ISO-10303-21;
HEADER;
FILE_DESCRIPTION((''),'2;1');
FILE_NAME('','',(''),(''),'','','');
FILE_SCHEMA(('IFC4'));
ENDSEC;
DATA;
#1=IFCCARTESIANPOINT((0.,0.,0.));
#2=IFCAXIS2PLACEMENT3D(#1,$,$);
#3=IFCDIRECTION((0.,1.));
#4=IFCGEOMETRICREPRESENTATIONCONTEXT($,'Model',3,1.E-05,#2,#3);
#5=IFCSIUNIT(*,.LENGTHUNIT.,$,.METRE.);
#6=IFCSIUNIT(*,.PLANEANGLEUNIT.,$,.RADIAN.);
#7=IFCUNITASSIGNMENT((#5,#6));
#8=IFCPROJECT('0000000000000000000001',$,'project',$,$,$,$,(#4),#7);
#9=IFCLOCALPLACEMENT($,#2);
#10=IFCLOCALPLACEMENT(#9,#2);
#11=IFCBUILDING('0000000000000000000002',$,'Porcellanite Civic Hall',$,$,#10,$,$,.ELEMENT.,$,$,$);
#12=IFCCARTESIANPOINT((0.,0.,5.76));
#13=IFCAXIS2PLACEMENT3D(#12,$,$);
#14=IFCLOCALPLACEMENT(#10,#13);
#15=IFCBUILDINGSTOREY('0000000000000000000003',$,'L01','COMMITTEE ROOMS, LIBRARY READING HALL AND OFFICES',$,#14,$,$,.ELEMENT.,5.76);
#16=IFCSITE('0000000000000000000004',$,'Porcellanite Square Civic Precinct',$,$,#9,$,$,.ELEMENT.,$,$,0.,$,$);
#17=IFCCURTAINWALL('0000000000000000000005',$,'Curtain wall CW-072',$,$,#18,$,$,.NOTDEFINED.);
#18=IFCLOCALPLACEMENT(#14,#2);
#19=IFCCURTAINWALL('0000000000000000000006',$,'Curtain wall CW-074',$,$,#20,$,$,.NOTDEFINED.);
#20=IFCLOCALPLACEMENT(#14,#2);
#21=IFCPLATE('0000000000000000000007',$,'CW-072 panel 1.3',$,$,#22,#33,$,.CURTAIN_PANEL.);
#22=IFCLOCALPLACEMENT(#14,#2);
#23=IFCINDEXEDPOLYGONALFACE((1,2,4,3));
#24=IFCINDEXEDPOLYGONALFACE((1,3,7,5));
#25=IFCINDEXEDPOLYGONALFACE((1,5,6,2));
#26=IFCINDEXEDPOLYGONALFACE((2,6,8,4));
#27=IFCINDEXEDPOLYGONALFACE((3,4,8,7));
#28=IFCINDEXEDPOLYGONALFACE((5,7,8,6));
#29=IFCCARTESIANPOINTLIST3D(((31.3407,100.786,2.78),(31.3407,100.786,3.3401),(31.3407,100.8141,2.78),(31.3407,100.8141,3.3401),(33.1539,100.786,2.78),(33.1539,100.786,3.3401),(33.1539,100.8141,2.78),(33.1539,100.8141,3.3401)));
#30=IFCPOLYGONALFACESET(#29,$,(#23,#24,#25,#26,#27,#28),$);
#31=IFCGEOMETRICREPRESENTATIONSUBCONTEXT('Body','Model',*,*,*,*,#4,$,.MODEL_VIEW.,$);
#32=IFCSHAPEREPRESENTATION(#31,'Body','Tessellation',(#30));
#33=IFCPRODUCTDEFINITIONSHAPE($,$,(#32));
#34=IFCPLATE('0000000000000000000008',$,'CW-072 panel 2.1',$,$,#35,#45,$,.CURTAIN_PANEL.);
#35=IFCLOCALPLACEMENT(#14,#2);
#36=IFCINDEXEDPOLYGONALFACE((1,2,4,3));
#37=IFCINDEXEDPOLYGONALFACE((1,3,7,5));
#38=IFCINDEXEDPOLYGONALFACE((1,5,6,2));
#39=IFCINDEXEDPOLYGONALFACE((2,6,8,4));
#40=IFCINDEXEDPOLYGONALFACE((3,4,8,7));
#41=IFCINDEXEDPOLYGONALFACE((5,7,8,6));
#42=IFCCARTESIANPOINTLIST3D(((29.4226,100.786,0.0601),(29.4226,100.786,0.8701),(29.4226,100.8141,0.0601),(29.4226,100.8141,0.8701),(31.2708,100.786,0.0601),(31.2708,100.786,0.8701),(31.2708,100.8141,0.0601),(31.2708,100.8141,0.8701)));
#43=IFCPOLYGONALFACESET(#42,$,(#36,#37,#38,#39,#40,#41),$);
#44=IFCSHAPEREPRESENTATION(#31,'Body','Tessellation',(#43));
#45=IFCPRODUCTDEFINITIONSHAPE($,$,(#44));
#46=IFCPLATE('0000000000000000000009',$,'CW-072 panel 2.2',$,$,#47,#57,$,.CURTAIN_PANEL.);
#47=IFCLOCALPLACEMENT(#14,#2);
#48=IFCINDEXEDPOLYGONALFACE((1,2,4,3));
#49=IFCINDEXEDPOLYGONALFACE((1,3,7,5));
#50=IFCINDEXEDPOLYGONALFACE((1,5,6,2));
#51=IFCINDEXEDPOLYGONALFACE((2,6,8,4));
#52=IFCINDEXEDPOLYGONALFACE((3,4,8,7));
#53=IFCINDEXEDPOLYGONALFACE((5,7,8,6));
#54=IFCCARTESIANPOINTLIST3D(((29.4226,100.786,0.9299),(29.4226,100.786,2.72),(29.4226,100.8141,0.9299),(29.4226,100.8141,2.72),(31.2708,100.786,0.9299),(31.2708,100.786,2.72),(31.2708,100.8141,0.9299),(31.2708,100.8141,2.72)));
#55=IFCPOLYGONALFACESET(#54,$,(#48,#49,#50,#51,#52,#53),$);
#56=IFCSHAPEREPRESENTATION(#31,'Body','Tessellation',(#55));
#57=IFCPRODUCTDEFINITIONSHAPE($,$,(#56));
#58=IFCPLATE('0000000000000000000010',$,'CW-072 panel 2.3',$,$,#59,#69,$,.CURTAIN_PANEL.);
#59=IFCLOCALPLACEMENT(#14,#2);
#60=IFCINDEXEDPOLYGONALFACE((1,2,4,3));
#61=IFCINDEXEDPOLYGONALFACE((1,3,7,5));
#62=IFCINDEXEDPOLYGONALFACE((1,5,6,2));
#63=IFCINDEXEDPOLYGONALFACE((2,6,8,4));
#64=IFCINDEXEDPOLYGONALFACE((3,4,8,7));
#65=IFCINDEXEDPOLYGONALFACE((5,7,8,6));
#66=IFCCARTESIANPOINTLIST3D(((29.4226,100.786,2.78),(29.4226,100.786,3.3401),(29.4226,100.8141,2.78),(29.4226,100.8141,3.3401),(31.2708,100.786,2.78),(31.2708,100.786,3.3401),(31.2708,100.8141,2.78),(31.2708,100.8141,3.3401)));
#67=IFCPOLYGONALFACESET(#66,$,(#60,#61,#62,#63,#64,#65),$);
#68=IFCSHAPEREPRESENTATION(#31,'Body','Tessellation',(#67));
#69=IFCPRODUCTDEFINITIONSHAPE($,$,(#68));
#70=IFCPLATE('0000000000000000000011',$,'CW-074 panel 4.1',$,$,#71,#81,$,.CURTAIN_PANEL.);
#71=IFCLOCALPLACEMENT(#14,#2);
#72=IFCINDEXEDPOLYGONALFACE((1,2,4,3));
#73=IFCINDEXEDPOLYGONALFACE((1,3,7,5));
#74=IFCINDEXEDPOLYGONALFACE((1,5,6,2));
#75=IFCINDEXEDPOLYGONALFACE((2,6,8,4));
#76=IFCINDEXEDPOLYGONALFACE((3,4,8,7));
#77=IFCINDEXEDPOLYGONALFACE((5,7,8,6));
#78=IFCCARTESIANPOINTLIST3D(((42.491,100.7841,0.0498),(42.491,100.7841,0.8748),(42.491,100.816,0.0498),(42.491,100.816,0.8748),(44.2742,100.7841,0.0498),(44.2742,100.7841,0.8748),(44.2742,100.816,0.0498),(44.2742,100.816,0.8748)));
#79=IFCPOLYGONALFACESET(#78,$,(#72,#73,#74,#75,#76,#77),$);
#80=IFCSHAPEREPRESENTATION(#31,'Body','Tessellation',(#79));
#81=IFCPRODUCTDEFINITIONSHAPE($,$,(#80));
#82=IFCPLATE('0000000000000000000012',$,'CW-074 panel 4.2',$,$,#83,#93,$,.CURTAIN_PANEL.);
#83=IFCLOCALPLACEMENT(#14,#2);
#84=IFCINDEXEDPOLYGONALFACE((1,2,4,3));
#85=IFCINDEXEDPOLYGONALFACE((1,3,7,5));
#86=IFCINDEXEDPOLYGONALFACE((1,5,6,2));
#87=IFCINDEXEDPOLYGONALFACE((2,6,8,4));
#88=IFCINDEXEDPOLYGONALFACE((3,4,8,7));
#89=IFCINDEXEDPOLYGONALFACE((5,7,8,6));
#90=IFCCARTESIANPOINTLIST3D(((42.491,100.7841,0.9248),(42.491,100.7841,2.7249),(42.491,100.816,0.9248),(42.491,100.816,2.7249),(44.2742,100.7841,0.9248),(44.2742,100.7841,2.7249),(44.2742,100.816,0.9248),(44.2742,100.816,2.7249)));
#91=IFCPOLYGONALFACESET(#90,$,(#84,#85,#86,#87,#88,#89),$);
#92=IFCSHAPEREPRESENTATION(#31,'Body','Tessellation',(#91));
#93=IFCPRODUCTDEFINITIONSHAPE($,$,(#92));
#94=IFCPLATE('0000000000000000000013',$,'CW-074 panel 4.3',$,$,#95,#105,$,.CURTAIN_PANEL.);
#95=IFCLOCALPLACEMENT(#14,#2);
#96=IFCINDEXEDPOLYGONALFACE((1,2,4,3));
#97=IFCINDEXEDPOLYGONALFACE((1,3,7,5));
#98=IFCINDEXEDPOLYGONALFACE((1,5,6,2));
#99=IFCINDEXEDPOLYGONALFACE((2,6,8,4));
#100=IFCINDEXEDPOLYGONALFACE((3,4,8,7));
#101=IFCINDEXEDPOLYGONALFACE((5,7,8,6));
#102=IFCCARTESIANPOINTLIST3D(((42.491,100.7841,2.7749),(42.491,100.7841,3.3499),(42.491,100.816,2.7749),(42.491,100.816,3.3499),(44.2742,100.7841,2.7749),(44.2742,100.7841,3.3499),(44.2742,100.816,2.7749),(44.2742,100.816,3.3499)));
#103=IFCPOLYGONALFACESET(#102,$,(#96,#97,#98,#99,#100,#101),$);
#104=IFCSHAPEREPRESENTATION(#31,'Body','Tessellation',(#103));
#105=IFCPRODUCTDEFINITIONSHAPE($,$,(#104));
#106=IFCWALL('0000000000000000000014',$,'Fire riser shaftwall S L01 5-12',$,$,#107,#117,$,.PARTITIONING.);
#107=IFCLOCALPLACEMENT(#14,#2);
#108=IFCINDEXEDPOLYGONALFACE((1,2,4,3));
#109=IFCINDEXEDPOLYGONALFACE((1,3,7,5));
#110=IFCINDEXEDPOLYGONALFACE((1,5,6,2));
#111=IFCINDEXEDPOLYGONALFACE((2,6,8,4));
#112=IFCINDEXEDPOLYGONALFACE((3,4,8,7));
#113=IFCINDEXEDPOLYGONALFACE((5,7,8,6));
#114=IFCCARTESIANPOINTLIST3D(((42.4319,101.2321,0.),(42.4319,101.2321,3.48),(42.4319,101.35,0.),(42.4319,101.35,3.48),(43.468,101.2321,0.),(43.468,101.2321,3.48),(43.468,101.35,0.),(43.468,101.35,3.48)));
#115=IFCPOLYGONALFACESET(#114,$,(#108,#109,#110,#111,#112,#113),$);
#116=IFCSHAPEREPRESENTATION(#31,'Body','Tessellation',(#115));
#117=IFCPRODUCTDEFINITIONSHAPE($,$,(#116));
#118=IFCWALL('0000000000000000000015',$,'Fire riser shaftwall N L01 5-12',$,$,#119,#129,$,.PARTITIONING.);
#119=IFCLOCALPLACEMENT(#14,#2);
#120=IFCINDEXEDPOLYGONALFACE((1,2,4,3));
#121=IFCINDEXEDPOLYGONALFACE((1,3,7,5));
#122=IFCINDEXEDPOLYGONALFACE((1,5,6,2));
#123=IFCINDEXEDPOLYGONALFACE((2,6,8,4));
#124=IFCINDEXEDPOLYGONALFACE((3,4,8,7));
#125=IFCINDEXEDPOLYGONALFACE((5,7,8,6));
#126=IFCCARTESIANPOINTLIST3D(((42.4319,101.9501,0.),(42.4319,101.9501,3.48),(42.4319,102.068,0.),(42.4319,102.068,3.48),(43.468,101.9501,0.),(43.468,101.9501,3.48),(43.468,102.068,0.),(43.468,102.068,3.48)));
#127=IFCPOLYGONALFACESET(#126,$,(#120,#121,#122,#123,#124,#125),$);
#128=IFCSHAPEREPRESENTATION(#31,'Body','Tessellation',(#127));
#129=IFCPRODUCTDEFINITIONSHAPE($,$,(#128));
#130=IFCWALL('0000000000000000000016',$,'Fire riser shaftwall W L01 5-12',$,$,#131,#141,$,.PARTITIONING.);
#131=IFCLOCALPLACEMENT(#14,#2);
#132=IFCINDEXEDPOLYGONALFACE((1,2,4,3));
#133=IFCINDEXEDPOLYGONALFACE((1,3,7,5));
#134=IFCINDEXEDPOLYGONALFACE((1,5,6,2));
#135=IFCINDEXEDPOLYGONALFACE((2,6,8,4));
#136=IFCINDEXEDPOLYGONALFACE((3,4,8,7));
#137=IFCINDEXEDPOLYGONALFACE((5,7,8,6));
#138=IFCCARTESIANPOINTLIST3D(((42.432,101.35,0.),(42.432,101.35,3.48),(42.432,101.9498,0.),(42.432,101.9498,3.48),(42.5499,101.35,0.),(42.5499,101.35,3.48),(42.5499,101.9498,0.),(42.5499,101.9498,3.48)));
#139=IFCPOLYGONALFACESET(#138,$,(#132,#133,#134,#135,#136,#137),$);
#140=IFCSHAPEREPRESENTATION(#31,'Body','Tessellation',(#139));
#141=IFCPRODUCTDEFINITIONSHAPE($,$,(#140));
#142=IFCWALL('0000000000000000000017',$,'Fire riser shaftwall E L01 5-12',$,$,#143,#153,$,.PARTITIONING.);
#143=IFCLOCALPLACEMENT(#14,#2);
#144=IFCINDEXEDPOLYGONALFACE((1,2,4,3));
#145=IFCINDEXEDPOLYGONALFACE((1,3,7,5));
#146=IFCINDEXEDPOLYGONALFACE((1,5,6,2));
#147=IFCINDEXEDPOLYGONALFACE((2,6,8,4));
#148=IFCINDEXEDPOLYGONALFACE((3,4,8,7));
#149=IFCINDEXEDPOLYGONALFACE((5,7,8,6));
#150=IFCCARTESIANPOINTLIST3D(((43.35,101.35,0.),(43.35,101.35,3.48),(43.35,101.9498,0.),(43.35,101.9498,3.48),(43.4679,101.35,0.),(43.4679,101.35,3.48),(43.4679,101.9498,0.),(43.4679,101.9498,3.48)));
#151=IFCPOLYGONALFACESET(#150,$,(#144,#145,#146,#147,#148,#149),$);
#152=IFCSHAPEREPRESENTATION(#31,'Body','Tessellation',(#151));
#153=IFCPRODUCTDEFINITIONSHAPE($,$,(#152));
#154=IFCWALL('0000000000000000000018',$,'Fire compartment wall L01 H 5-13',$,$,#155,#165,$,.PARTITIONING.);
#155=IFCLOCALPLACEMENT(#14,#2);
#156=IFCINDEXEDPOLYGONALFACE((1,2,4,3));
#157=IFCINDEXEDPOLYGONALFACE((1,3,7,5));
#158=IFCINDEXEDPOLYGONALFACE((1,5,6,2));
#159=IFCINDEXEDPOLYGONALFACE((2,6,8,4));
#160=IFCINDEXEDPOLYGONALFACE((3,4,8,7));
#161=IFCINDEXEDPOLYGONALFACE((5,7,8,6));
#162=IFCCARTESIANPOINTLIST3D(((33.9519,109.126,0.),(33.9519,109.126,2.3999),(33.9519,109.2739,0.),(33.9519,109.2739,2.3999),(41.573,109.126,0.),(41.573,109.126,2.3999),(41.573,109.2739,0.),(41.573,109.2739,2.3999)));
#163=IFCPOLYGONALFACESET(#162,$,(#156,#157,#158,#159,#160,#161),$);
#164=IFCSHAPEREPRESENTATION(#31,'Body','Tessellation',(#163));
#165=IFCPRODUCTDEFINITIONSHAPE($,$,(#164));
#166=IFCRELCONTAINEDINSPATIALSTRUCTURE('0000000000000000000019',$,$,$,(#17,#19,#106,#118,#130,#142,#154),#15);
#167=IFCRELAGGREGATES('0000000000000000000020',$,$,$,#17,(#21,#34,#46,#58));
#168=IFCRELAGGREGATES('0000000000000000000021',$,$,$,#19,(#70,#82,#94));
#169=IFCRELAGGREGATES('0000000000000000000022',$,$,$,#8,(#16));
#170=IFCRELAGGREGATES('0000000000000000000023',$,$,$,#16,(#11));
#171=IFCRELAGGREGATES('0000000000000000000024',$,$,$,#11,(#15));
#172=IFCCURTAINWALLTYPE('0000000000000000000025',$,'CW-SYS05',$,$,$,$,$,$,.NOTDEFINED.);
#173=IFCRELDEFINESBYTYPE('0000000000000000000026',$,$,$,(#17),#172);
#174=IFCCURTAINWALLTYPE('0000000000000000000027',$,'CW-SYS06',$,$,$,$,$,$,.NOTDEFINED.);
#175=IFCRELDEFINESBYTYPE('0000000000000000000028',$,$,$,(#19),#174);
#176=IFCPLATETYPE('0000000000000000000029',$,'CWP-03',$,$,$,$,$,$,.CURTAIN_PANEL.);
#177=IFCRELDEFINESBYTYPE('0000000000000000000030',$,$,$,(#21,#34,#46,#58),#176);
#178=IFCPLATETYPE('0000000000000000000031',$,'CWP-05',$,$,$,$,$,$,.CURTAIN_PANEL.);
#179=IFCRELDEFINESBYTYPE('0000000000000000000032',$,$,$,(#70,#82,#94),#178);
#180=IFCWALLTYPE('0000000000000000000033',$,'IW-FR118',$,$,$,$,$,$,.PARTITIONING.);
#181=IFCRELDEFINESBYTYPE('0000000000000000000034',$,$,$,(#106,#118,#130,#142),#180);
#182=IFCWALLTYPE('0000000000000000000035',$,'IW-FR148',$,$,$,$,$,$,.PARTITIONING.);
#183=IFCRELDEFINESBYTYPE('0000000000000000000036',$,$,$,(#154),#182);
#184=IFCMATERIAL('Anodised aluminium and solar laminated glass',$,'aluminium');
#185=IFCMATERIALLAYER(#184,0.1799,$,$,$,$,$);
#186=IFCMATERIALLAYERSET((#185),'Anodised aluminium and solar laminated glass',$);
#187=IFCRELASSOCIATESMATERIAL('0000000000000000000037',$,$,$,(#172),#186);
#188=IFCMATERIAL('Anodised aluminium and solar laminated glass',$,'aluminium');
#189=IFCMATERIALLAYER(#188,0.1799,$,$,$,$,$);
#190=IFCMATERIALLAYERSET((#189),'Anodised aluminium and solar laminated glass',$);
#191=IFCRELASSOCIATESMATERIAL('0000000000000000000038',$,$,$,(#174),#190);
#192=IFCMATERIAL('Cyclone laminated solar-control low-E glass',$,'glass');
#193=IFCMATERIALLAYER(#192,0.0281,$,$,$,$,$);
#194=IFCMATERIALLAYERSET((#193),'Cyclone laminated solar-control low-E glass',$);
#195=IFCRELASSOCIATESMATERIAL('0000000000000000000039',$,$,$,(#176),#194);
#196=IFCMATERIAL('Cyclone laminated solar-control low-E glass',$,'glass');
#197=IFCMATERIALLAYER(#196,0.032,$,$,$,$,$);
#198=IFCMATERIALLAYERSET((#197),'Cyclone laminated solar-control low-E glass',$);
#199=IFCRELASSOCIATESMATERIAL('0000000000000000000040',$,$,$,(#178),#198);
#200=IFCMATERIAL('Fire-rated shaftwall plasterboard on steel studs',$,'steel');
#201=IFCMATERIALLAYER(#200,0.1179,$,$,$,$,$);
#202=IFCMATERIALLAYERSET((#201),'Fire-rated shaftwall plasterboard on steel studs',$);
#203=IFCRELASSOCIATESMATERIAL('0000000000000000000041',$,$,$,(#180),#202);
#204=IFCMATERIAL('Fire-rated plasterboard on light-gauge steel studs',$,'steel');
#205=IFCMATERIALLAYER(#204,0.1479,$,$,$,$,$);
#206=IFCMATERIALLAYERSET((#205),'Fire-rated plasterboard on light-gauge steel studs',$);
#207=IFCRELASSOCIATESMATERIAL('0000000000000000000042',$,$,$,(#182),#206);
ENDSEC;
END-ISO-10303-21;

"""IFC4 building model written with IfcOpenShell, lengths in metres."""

from ifc_helpers import new_model, si_unit, direction, frame, frame_2d, origin, origin_2d, place, context, subcontext, project, spatial, rectangle, extrude, material, layer, layer_set, type_object, element, aggregate, save


model = new_model("IFC4")

# Units and contexts
model_context = context("Model", 3, precision=1e-05, world=origin(), true_north=direction((0.0, 1.0)))
body_context = subcontext(model_context, "Body", "Model", "MODEL_VIEW")
ifc_project = project(units=[si_unit("LENGTHUNIT", "METRE"), si_unit("PLANEANGLEUNIT", "RADIAN")], contexts=[model_context])

# Site, building, storey
site_placement = place(None, origin())
site = spatial("IfcSite", under=ifc_project, at=site_placement, Name="Porcellanite Square Civic Precinct", CompositionType="ELEMENT", RefElevation=0.0)
building_placement = place(site_placement, origin())
building = spatial("IfcBuilding", under=site, at=building_placement, Name="Porcellanite Civic Hall", CompositionType="ELEMENT")
storey_placement = place(building_placement, frame((0.0, 0.0, 5.76)))
storey = spatial("IfcBuildingStorey", under=building, at=storey_placement, Name="L01", Description="COMMITTEE ROOMS, LIBRARY READING HALL AND OFFICES", CompositionType="ELEMENT", Elevation=5.76)

# Curtain wall
ifc_material_1 = material(Name="Anodised aluminium and solar laminated glass", Category="aluminium")
ifc_layer_1 = layer(ifc_material_1, 0.1799)
ifc_layer_set_1 = layer_set([ifc_layer_1], Name="Anodised aluminium and solar laminated glass")
curtain_wall_type_1 = type_object("IfcCurtainWallType", Name="CW-SYS05", PredefinedType="NOTDEFINED", material=ifc_layer_set_1)
curtain_wall_1_placement = place(storey_placement, origin())
curtain_wall_1 = element("IfcCurtainWall", 1, at=curtain_wall_1_placement, inside=storey, type_object=curtain_wall_type_1, Name="Curtain wall CW-072", PredefinedType="NOTDEFINED")

# Curtain wall
ifc_material_2 = material(Name="Anodised aluminium and solar laminated glass", Category="aluminium")
ifc_layer_2 = layer(ifc_material_2, 0.1799)
ifc_layer_set_2 = layer_set([ifc_layer_2], Name="Anodised aluminium and solar laminated glass")
curtain_wall_type_2 = type_object("IfcCurtainWallType", Name="CW-SYS06", PredefinedType="NOTDEFINED", material=ifc_layer_set_2)
curtain_wall_2_placement = place(storey_placement, origin())
curtain_wall_2 = element("IfcCurtainWall", 2, at=curtain_wall_2_placement, inside=storey, type_object=curtain_wall_type_2, Name="Curtain wall CW-074", PredefinedType="NOTDEFINED")

# Plates
ifc_material_3 = material(Name="Cyclone laminated solar-control low-E glass", Category="glass")
ifc_layer_3 = layer(ifc_material_3, 0.0281)
ifc_layer_set_3 = layer_set([ifc_layer_3], Name="Cyclone laminated solar-control low-E glass")
plate_type_1 = type_object("IfcPlateType", Name="CWP-03", PredefinedType="CURTAIN_PANEL", material=ifc_layer_set_3)
plate_1_placement = place(storey_placement, frame((32.2473, 100.8, 2.78), z_axis=(0.0, 0.0, 1.0), x_axis=(-1.0, 0.0, 0.0)))
plate_1 = element("IfcPlate", 3, at=plate_1_placement, type_object=plate_type_1, Name="CW-072 panel 1.3", PredefinedType="CURTAIN_PANEL", context=body_context, shape_type="SweptSolid", body=[
    extrude(rectangle(XDim=1.8132, YDim=0.0281, at=origin_2d()), origin(), (0.0, 0.0, 1.0), 0.5601),
])
plate_2_placement = place(storey_placement, frame((30.3467, 100.8, 0.0601), z_axis=(0.0, 0.0, 1.0), x_axis=(-1.0, 0.0, 0.0)))
plate_2 = element("IfcPlate", 4, at=plate_2_placement, type_object=plate_type_1, Name="CW-072 panel 2.1", PredefinedType="CURTAIN_PANEL", context=body_context, shape_type="SweptSolid", body=[
    extrude(rectangle(XDim=1.8481, YDim=0.0281, at=origin_2d()), origin(), (0.0, 0.0, 1.0), 0.8101),
])
plate_3_placement = place(storey_placement, frame((30.3467, 100.8, 0.9299), z_axis=(0.0, 0.0, 1.0), x_axis=(-1.0, 0.0, 0.0)))
plate_3 = element("IfcPlate", 5, at=plate_3_placement, type_object=plate_type_1, Name="CW-072 panel 2.2", PredefinedType="CURTAIN_PANEL", context=body_context, shape_type="SweptSolid", body=[
    extrude(rectangle(XDim=1.8481, YDim=0.0281, at=origin_2d()), origin(), (0.0, 0.0, 1.0), 1.79),
])
plate_4_placement = place(storey_placement, frame((30.3467, 100.8, 2.78), z_axis=(0.0, 0.0, 1.0), x_axis=(-1.0, 0.0, 0.0)))
plate_4 = element("IfcPlate", 6, at=plate_4_placement, type_object=plate_type_1, Name="CW-072 panel 2.3", PredefinedType="CURTAIN_PANEL", context=body_context, shape_type="SweptSolid", body=[
    extrude(rectangle(XDim=1.8481, YDim=0.0281, at=origin_2d()), origin(), (0.0, 0.0, 1.0), 0.5601),
])
aggregate(curtain_wall_1, [plate_1, plate_2, plate_3, plate_4])
ifc_material_4 = material(Name="Cyclone laminated solar-control low-E glass", Category="glass")
ifc_layer_4 = layer(ifc_material_4, 0.032)
ifc_layer_set_4 = layer_set([ifc_layer_4], Name="Cyclone laminated solar-control low-E glass")
plate_type_2 = type_object("IfcPlateType", Name="CWP-05", PredefinedType="CURTAIN_PANEL", material=ifc_layer_set_4)
plate_5_placement = place(storey_placement, frame((43.3826, 100.8, 0.0498), z_axis=(0.0, 0.0, 1.0), x_axis=(-1.0, 0.0, 0.0)))
plate_5 = element("IfcPlate", 7, at=plate_5_placement, type_object=plate_type_2, Name="CW-074 panel 4.1", PredefinedType="CURTAIN_PANEL", context=body_context, shape_type="SweptSolid", body=[
    extrude(rectangle(XDim=1.7832, YDim=0.032, at=origin_2d()), origin(), (0.0, 0.0, 1.0), 0.825),
])
plate_6_placement = place(storey_placement, frame((43.3826, 100.8, 0.9248), z_axis=(0.0, 0.0, 1.0), x_axis=(-1.0, 0.0, 0.0)))
plate_6 = element("IfcPlate", 8, at=plate_6_placement, type_object=plate_type_2, Name="CW-074 panel 4.2", PredefinedType="CURTAIN_PANEL", context=body_context, shape_type="SweptSolid", body=[
    extrude(rectangle(XDim=1.7832, YDim=0.032, at=origin_2d()), origin(), (0.0, 0.0, 1.0), 1.8),
])
plate_7_placement = place(storey_placement, frame((43.3826, 100.8, 2.7749), z_axis=(0.0, 0.0, 1.0), x_axis=(-1.0, 0.0, 0.0)))
plate_7 = element("IfcPlate", 9, at=plate_7_placement, type_object=plate_type_2, Name="CW-074 panel 4.3", PredefinedType="CURTAIN_PANEL", context=body_context, shape_type="SweptSolid", body=[
    extrude(rectangle(XDim=1.7832, YDim=0.032, at=origin_2d()), origin(), (0.0, 0.0, 1.0), 0.575),
])
aggregate(curtain_wall_2, [plate_5, plate_6, plate_7])

# Walls
ifc_material_5 = material(Name="Fire-rated shaftwall plasterboard on steel studs", Category="steel")
ifc_layer_5 = layer(ifc_material_5, 0.1179)
ifc_layer_set_5 = layer_set([ifc_layer_5], Name="Fire-rated shaftwall plasterboard on steel studs")
wall_type_1 = type_object("IfcWallType", Name="IW-FR118", PredefinedType="PARTITIONING", material=ifc_layer_set_5)
for number, where, z_axis, x_axis, name in (
    (10, (42.4319, 101.291, 0.0), (0.0, 0.0, 1.0), (1.0, 0.0, 0.0), "Fire riser shaftwall S L01 5-12"),
    (11, (42.4319, 102.009, 0.0), (0.0, 0.0, 1.0), (1.0, 0.0, 0.0), "Fire riser shaftwall N L01 5-12"),
):
    element("IfcWall", number, at=place(storey_placement, frame(where, z_axis=z_axis, x_axis=x_axis)), inside=storey, type_object=wall_type_1, Name=name, PredefinedType="PARTITIONING", context=body_context, shape_type="SweptSolid", body=[
        extrude(rectangle(XDim=1.0361, YDim=0.1179, at=frame_2d((0.5181, 0.0))), origin(), (0.0, 0.0, 1.0), 3.48),
    ])
for number, where, z_axis, x_axis, name in (
    (12, (42.491, 101.3501, 0.0), (0.0, 0.0, 1.0), (0.0, 1.0, 0.0), "Fire riser shaftwall W L01 5-12"),
    (13, (43.4089, 101.3501, 0.0), (0.0, 0.0, 1.0), (0.0, 1.0, 0.0), "Fire riser shaftwall E L01 5-12"),
):
    element("IfcWall", number, at=place(storey_placement, frame(where, z_axis=z_axis, x_axis=x_axis)), inside=storey, type_object=wall_type_1, Name=name, PredefinedType="PARTITIONING", context=body_context, shape_type="SweptSolid", body=[
        extrude(rectangle(XDim=0.5999, YDim=0.1179, at=frame_2d((0.2998, 0.0))), origin(), (0.0, 0.0, 1.0), 3.48),
    ])
ifc_material_6 = material(Name="Fire-rated plasterboard on light-gauge steel studs", Category="steel")
ifc_layer_6 = layer(ifc_material_6, 0.1479)
ifc_layer_set_6 = layer_set([ifc_layer_6], Name="Fire-rated plasterboard on light-gauge steel studs")
wall_type_2 = type_object("IfcWallType", Name="IW-FR148", PredefinedType="PARTITIONING", material=ifc_layer_set_6)
wall_1_placement = place(storey_placement, frame((33.9519, 109.2, 0.0), z_axis=(0.0, 0.0, 1.0), x_axis=(1.0, 0.0, 0.0)))
element("IfcWall", 14, at=wall_1_placement, inside=storey, type_object=wall_type_2, Name="Fire compartment wall L01 H 5-13", PredefinedType="PARTITIONING", context=body_context, shape_type="SweptSolid", body=[
    extrude(rectangle(XDim=7.6211, YDim=0.1479, at=frame_2d((3.8105, 0.0))), origin(), (0.0, 0.0, 1.0), 2.3999),
])

save(model, "model.ifc")
